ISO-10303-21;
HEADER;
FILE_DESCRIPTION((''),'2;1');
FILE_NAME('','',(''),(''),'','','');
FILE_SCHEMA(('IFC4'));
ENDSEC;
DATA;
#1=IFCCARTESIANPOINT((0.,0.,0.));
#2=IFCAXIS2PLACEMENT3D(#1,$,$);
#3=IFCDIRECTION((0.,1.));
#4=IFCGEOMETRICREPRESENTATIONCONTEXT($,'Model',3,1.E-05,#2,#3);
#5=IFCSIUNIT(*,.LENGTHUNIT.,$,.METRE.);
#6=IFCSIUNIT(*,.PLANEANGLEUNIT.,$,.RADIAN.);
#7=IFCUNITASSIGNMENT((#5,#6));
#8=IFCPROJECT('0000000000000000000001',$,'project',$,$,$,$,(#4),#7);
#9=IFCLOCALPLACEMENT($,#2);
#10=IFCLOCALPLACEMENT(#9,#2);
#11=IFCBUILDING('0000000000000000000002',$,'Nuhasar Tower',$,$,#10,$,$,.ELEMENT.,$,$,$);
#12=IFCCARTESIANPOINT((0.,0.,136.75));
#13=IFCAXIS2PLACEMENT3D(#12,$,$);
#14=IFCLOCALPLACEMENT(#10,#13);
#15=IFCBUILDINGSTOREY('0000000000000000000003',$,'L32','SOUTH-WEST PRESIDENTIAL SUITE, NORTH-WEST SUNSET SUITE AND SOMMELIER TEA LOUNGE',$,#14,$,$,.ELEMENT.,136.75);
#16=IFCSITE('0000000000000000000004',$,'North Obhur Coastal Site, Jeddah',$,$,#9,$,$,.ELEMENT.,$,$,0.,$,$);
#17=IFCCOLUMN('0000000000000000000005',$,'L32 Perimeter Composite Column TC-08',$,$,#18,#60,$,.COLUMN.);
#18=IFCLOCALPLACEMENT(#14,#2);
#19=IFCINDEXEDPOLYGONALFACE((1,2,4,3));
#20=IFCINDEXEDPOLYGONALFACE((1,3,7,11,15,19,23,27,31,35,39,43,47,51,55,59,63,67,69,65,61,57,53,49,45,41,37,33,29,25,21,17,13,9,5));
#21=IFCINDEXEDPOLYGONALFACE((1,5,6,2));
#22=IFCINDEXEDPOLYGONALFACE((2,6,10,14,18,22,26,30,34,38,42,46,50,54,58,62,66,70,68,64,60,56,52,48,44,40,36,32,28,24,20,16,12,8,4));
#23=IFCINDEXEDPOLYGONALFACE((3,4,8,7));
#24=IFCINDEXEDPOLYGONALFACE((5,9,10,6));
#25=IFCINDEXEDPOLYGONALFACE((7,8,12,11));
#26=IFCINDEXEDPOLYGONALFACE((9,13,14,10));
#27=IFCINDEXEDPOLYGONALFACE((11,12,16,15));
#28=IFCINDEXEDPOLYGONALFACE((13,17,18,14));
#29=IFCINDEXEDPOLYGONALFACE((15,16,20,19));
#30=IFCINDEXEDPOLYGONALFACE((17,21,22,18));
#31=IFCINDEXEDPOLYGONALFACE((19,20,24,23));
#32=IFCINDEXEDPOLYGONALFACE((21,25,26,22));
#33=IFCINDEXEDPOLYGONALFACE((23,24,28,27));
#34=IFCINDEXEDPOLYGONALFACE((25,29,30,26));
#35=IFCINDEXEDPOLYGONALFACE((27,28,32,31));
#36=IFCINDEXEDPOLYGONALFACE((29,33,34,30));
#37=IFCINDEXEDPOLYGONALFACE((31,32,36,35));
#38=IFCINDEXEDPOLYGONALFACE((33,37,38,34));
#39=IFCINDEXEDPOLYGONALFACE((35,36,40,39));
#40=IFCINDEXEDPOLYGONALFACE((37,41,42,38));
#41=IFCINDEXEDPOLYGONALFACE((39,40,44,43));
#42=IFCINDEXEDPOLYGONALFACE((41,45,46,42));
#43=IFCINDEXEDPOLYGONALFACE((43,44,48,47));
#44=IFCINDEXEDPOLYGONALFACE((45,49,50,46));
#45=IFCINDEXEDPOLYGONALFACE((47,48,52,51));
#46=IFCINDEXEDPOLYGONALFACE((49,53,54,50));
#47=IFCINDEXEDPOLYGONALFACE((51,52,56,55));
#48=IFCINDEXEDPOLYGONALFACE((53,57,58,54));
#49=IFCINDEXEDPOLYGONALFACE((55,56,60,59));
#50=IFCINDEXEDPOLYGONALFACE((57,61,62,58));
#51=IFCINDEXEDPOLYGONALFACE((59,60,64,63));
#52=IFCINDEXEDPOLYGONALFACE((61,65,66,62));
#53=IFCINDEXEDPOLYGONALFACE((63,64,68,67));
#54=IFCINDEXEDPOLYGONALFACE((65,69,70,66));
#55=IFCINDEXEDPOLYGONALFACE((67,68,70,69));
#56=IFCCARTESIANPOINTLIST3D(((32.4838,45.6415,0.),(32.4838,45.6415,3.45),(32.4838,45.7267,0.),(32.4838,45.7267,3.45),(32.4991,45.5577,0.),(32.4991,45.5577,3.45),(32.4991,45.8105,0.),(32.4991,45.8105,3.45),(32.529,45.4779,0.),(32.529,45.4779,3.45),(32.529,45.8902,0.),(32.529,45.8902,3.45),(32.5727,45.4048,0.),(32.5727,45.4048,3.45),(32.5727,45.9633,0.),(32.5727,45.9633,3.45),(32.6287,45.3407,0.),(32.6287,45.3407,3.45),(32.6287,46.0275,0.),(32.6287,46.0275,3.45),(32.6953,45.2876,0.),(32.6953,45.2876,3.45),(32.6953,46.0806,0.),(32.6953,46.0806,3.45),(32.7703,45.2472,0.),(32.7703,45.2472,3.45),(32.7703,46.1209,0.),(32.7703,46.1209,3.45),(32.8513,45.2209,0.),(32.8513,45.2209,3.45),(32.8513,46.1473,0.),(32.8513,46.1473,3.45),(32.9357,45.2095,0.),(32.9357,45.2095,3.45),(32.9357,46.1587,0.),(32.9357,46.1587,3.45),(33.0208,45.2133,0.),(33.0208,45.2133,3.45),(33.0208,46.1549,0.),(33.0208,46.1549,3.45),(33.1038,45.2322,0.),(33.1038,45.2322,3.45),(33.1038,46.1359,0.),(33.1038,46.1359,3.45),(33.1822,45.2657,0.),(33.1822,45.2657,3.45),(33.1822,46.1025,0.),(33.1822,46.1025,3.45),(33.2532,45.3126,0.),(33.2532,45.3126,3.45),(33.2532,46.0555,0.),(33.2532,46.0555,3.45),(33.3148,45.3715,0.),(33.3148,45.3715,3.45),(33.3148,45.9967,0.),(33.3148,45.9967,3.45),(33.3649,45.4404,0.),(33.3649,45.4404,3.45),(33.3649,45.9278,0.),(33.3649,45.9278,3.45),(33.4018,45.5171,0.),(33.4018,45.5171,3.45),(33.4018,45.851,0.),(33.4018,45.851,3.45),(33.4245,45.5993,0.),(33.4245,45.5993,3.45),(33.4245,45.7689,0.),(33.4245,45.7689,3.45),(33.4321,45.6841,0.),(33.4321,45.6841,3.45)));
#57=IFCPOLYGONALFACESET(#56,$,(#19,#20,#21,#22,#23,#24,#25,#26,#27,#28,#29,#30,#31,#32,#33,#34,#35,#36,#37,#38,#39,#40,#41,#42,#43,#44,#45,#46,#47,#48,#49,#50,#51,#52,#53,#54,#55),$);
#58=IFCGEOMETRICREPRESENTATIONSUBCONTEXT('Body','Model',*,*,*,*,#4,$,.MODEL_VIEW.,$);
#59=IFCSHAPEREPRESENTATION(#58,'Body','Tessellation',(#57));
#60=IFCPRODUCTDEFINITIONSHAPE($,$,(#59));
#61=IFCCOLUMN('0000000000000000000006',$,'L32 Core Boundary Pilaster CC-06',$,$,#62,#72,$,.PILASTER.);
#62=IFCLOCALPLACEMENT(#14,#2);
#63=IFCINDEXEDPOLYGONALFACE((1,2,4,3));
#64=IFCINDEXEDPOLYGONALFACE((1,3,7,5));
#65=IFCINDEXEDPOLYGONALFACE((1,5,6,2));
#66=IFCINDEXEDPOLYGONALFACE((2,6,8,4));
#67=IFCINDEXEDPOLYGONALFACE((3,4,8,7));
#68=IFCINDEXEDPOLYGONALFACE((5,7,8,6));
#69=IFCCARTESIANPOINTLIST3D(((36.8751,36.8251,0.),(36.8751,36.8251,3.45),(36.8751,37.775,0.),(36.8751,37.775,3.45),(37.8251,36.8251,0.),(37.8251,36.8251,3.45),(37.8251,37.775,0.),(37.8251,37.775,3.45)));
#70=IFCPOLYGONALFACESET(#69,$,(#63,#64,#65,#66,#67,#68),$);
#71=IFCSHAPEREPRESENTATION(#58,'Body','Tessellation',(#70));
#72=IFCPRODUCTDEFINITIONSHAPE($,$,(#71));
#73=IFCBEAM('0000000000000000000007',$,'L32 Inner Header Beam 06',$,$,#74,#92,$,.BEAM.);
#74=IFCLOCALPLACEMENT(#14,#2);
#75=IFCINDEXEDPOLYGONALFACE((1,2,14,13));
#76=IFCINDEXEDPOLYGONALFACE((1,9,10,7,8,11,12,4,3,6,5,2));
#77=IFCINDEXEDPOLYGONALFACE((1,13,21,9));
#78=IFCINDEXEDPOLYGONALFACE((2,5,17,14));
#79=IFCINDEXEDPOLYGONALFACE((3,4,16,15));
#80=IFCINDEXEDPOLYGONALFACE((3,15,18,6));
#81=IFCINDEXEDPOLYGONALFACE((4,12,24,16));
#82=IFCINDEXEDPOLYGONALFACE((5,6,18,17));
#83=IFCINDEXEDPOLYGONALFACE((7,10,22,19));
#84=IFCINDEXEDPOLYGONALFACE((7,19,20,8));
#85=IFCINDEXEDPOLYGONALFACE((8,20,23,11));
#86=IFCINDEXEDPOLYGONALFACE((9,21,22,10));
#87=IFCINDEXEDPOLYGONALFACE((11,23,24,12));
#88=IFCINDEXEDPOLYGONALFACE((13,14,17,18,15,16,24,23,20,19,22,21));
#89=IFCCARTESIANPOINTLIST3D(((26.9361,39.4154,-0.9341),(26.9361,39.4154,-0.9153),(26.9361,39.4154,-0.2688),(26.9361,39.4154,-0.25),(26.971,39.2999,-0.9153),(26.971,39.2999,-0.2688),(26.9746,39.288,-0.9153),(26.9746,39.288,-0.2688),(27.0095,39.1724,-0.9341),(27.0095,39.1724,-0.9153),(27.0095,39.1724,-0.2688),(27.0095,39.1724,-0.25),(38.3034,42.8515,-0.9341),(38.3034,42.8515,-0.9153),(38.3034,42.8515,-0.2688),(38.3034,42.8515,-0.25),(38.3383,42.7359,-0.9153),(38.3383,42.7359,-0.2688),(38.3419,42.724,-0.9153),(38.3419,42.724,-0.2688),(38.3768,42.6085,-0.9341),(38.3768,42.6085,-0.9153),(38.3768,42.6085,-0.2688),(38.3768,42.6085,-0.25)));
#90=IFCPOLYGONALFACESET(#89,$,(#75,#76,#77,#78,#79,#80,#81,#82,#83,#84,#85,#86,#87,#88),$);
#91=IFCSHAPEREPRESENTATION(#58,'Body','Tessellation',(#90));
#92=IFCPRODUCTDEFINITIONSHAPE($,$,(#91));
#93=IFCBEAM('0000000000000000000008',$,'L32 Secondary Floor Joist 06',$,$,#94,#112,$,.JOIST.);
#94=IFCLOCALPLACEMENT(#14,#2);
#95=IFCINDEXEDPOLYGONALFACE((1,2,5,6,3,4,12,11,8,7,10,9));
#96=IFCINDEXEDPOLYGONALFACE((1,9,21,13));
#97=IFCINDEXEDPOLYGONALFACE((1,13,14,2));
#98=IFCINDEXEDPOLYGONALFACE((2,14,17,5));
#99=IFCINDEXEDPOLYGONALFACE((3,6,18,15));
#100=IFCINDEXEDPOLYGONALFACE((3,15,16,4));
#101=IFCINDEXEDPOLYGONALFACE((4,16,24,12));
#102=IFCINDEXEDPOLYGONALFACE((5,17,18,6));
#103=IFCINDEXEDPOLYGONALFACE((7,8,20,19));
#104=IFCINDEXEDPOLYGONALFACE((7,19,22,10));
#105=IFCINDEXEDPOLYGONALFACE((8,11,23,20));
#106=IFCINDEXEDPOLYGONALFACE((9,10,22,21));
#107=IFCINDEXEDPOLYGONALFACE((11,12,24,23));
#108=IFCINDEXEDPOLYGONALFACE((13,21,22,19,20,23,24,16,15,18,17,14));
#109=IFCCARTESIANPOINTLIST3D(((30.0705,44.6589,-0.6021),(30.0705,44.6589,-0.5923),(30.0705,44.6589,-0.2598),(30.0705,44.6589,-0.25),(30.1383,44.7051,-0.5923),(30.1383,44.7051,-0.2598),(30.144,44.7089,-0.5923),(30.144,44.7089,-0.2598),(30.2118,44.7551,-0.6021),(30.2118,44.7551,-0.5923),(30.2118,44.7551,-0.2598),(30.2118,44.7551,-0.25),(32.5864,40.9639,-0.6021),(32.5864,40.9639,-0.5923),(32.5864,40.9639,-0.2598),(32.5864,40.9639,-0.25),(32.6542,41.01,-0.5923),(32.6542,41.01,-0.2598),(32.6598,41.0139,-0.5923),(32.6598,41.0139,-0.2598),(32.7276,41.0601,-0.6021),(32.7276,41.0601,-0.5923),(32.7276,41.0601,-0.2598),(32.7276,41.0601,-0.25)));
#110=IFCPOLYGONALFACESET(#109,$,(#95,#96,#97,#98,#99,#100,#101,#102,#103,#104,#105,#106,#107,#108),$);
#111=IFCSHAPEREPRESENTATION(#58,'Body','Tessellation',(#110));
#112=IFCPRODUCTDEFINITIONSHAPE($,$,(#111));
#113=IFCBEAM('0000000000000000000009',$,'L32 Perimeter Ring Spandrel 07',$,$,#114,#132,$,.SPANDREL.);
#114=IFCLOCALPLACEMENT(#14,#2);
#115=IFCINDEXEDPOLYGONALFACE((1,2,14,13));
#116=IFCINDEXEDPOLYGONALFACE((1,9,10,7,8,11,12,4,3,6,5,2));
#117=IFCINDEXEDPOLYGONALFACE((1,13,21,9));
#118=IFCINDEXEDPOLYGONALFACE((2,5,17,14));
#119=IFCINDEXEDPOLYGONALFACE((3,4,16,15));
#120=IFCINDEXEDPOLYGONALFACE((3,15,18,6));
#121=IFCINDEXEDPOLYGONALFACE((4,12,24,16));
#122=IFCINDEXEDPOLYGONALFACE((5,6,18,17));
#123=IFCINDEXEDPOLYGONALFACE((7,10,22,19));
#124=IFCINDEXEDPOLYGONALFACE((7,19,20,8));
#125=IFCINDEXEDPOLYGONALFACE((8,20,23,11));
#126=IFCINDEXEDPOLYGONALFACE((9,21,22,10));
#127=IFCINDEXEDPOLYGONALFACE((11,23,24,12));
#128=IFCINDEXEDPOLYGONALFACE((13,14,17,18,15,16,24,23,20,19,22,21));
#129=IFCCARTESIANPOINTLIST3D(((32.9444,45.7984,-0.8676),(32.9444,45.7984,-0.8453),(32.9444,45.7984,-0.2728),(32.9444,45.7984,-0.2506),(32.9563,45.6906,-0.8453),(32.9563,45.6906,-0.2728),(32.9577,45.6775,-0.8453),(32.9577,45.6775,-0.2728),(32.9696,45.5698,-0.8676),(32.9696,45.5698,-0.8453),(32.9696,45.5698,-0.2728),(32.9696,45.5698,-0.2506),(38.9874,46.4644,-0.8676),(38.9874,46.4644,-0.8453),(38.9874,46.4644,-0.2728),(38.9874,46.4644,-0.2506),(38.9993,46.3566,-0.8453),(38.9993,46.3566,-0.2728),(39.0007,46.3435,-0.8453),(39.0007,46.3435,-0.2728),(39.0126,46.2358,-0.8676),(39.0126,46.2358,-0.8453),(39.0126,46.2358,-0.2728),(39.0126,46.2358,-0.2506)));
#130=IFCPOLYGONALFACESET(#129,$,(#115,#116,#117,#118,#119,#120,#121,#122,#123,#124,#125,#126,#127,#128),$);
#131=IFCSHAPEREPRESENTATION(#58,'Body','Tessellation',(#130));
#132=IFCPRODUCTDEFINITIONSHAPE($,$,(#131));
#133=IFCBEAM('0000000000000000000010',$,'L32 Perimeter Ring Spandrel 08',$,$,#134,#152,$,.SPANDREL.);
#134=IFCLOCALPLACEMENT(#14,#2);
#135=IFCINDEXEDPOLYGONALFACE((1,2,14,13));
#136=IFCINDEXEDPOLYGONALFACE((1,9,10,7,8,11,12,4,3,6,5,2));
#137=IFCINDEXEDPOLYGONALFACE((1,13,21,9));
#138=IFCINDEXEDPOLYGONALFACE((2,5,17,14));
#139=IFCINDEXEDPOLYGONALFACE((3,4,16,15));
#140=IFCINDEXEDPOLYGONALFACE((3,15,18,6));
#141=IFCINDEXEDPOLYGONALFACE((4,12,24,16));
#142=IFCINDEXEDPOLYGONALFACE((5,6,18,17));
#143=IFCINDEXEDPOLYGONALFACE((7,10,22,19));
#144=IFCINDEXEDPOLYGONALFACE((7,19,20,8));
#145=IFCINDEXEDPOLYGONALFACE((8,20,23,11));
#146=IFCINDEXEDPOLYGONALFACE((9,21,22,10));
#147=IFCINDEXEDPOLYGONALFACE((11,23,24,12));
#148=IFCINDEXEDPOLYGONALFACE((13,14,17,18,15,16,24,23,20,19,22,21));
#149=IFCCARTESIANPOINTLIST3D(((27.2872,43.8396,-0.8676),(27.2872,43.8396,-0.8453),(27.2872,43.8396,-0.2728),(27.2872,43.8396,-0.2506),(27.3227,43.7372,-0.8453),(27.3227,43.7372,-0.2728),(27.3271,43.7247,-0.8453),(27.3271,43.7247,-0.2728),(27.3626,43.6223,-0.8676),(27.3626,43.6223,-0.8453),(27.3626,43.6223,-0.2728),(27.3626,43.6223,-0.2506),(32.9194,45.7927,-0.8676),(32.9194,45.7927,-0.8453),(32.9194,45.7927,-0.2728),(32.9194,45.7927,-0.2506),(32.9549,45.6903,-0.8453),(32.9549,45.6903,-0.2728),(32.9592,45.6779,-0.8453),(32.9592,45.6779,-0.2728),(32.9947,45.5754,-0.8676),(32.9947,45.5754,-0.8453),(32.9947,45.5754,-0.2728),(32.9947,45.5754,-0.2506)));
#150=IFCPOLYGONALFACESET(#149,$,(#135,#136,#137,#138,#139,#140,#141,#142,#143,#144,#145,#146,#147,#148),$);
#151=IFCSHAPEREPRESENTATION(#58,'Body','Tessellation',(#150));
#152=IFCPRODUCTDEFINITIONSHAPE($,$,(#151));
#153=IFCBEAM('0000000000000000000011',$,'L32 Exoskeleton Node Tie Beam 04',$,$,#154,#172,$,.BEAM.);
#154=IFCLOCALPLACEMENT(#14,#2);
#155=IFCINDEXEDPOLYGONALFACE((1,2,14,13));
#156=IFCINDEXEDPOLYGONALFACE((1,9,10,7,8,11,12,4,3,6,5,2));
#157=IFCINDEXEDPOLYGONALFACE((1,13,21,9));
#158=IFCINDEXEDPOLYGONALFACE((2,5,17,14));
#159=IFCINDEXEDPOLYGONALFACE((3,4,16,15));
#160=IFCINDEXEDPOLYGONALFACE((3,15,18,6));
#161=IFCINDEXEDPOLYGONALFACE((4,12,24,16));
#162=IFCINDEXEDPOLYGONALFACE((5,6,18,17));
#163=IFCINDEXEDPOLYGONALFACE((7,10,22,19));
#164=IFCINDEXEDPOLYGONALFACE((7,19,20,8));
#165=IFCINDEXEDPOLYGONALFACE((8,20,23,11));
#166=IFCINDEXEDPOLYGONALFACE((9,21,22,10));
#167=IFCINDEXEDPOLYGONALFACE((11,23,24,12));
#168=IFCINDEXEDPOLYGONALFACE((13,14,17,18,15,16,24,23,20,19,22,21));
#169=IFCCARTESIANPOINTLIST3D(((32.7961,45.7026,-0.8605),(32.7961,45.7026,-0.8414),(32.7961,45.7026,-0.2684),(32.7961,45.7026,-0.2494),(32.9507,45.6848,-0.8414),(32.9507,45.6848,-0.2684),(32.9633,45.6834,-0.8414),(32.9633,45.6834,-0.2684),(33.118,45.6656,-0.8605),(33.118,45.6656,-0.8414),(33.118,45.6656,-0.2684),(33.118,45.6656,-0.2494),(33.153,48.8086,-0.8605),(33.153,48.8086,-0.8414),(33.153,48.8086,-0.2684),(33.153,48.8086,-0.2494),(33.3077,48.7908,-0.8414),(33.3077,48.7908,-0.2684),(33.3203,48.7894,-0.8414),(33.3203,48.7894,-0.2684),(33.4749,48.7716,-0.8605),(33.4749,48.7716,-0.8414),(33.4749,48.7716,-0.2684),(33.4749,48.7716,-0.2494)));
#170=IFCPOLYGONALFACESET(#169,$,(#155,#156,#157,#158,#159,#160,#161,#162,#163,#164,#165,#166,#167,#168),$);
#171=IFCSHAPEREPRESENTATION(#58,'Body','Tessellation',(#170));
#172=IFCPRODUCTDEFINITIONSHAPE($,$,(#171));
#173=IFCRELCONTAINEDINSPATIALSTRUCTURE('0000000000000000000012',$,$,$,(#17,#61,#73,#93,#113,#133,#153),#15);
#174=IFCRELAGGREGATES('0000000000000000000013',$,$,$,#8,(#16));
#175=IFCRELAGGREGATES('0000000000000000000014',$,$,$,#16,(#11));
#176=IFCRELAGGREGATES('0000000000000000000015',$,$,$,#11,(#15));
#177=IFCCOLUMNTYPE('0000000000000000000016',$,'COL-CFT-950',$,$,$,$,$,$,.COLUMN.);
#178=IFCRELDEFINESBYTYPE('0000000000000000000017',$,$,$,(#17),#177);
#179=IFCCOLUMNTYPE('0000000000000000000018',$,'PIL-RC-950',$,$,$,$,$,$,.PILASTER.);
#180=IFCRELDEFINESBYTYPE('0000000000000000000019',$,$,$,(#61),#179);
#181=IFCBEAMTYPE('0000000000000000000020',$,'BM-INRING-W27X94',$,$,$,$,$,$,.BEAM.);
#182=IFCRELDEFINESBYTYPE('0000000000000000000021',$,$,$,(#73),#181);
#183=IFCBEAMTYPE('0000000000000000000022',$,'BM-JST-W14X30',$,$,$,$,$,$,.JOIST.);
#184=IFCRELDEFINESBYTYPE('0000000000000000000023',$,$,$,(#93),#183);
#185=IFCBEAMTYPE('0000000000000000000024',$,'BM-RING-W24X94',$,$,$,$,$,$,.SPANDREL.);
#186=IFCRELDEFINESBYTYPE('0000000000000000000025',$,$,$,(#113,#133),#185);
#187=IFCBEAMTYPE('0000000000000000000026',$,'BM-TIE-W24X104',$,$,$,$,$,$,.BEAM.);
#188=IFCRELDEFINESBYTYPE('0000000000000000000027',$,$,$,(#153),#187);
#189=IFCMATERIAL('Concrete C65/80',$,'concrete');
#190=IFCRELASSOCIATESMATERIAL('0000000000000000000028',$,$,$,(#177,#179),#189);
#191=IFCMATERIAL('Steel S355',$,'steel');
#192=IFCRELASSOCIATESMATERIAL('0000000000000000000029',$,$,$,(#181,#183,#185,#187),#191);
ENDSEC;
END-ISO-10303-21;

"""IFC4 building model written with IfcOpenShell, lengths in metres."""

from ifc_helpers import new_model, si_unit, direction, frame, origin, origin_2d, place, context, subcontext, project, spatial, rectangle, circle, i_section, extrude, material, material_profile, profile_set, type_object, element, save


model = new_model("IFC4")

# Units and contexts
model_context = context("Model", 3, precision=1e-05, world=origin(), true_north=direction((0.0, 1.0)))
body_context = subcontext(model_context, "Body", "Model", "MODEL_VIEW")
ifc_project = project(units=[si_unit("LENGTHUNIT", "METRE"), si_unit("PLANEANGLEUNIT", "RADIAN")], contexts=[model_context])

# Site, building, storey
site_placement = place(None, origin())
site = spatial("IfcSite", under=ifc_project, at=site_placement, Name="North Obhur Coastal Site, Jeddah", CompositionType="ELEMENT", RefElevation=0.0)
building_placement = place(site_placement, origin())
building = spatial("IfcBuilding", under=site, at=building_placement, Name="Nuhasar Tower", CompositionType="ELEMENT")
storey_placement = place(building_placement, frame((0.0, 0.0, 136.75)))
storey = spatial("IfcBuildingStorey", under=building, at=storey_placement, Name="L32", Description="SOUTH-WEST PRESIDENTIAL SUITE, NORTH-WEST SUNSET SUITE AND SOMMELIER TEA LOUNGE", CompositionType="ELEMENT", Elevation=136.75)

# Columns
ifc_material_1 = material(Name="Concrete C65/80", Category="concrete")
ifc_material_profile_1 = material_profile(ifc_material_1, circle(Radius=0.4751, at=origin_2d()), Name="CFT950")
ifc_profile_set_1 = profile_set([ifc_material_profile_1], Name="Concrete C65/80")
column_type_1 = type_object("IfcColumnType", Name="COL-CFT-950", PredefinedType="COLUMN", material=ifc_profile_set_1)
column_1_placement = place(storey_placement, frame((32.957, 45.6841, 0.0), z_axis=(0.0, 0.0, 1.0), x_axis=(1.0, 0.0, 0.0)))
element("IfcColumn", 1, at=column_1_placement, inside=storey, type_object=column_type_1, Name="L32 Perimeter Composite Column TC-08", PredefinedType="COLUMN", context=body_context, shape_type="SweptSolid", body=[
    extrude(circle(Radius=0.4751, at=origin_2d()), origin(), (0.0, 0.0, 1.0), 3.45),
])
ifc_material_profile_2 = material_profile(ifc_material_1, rectangle(XDim=0.95, YDim=0.95, at=origin_2d()), Name="RC950X950")
ifc_profile_set_2 = profile_set([ifc_material_profile_2], Name="Concrete C65/80")
column_type_2 = type_object("IfcColumnType", Name="PIL-RC-950", PredefinedType="PILASTER", material=ifc_profile_set_2)
column_2_placement = place(storey_placement, frame((37.3501, 37.3, 0.0), z_axis=(0.0, 0.0, 1.0), x_axis=(1.0, 0.0, 0.0)))
element("IfcColumn", 2, at=column_2_placement, inside=storey, type_object=column_type_2, Name="L32 Core Boundary Pilaster CC-06", PredefinedType="PILASTER", context=body_context, shape_type="SweptSolid", body=[
    extrude(rectangle(XDim=0.95, YDim=0.95, at=origin_2d()), origin(), (0.0, 0.0, 1.0), 3.45),
])

# Beams
ifc_material_2 = material(Name="Steel S355", Category="steel")
ifc_material_profile_3 = material_profile(ifc_material_2, i_section(OverallWidth=0.2539, OverallDepth=0.6841, WebThickness=0.0125, FlangeThickness=0.0188, at=origin_2d()), Name="W27X94")
ifc_profile_set_3 = profile_set([ifc_material_profile_3], Name="Steel S355")
beam_type_1 = type_object("IfcBeamType", Name="BM-INRING-W27X94", PredefinedType="BEAM", material=ifc_profile_set_3)
beam_1_placement = place(storey_placement, frame((38.3401, 42.73, -0.592), z_axis=(-0.957224, -0.289347, 0.0), x_axis=(0.289347, -0.957224, 0.0)))
element("IfcBeam", 3, at=beam_1_placement, inside=storey, type_object=beam_type_1, Name="L32 Inner Header Beam 06", PredefinedType="BEAM", context=body_context, shape_type="SweptSolid", body=[
    extrude(i_section(OverallWidth=0.2539, OverallDepth=0.6841, WebThickness=0.0125, FlangeThickness=0.0188, at=origin_2d()), origin(), (0.0, 0.0, 1.0), 11.8752),
])
ifc_material_profile_4 = material_profile(ifc_material_2, i_section(OverallWidth=0.1709, OverallDepth=0.3521, WebThickness=0.0068, FlangeThickness=0.0098, at=origin_2d()), Name="W14X30")
ifc_profile_set_4 = profile_set([ifc_material_profile_4], Name="Steel S355")
beam_type_2 = type_object("IfcBeamType", Name="BM-JST-W14X30", PredefinedType="JOIST", material=ifc_profile_set_4)
beam_2_placement = place(storey_placement, frame((32.657, 41.012, -0.426), z_axis=(-0.562803, 0.826591, 0.0), x_axis=(-0.826591, -0.562803, 0.0)))
element("IfcBeam", 4, at=beam_2_placement, inside=storey, type_object=beam_type_2, Name="L32 Secondary Floor Joist 06", PredefinedType="JOIST", context=body_context, shape_type="SweptSolid", body=[
    extrude(i_section(OverallWidth=0.1709, OverallDepth=0.3521, WebThickness=0.0068, FlangeThickness=0.0098, at=origin_2d()), origin(), (0.0, 0.0, 1.0), 4.4702),
])
ifc_material_profile_5 = material_profile(ifc_material_2, i_section(OverallWidth=0.23, OverallDepth=0.6169, WebThickness=0.0132, FlangeThickness=0.0222, at=origin_2d()), Name="W24X94")
ifc_profile_set_5 = profile_set([ifc_material_profile_5], Name="Steel S355")
beam_type_3 = type_object("IfcBeamType", Name="BM-RING-W24X94", PredefinedType="SPANDREL", material=ifc_profile_set_5)
beam_3_placement = place(storey_placement, frame((39.0, 46.3501, -0.5591), z_axis=(-0.993981, -0.10955, 0.0), x_axis=(0.10955, -0.993981, 0.0)))
element("IfcBeam", 5, at=beam_3_placement, inside=storey, type_object=beam_type_3, Name="L32 Perimeter Ring Spandrel 07", PredefinedType="SPANDREL", context=body_context, shape_type="SweptSolid", body=[
    extrude(i_section(OverallWidth=0.23, OverallDepth=0.6169, WebThickness=0.0132, FlangeThickness=0.0222, at=origin_2d()), origin(), (0.0, 0.0, 1.0), 6.0796),
])
beam_4_placement = place(storey_placement, frame((32.957, 45.6841, -0.5591), z_axis=(-0.944801, -0.327644, 0.0), x_axis=(0.327644, -0.944801, 0.0)))
element("IfcBeam", 6, at=beam_4_placement, inside=storey, type_object=beam_type_3, Name="L32 Perimeter Ring Spandrel 08", PredefinedType="SPANDREL", context=body_context, shape_type="SweptSolid", body=[
    extrude(i_section(OverallWidth=0.23, OverallDepth=0.6169, WebThickness=0.0132, FlangeThickness=0.0222, at=origin_2d()), origin(), (0.0, 0.0, 1.0), 5.9612),
])
ifc_material_profile_6 = material_profile(ifc_material_2, i_section(OverallWidth=0.324, OverallDepth=0.6111, WebThickness=0.0127, FlangeThickness=0.019, at=origin_2d()), Name="W24X104")
ifc_profile_set_6 = profile_set([ifc_material_profile_6], Name="Steel S355")
beam_type_4 = type_object("IfcBeamType", Name="BM-TIE-W24X104", PredefinedType="BEAM", material=ifc_profile_set_6)
beam_5_placement = place(storey_placement, frame((32.957, 45.6841, -0.5549), z_axis=(0.114168, 0.993461, 0.0), x_axis=(-0.993461, 0.114168, 0.0)))
element("IfcBeam", 7, at=beam_5_placement, inside=storey, type_object=beam_type_4, Name="L32 Exoskeleton Node Tie Beam 04", PredefinedType="BEAM", context=body_context, shape_type="SweptSolid", body=[
    extrude(i_section(OverallWidth=0.324, OverallDepth=0.6111, WebThickness=0.0127, FlangeThickness=0.019, at=origin_2d()), origin(), (0.0, 0.0, 1.0), 3.1265),
])

save(model, "model.ifc")
